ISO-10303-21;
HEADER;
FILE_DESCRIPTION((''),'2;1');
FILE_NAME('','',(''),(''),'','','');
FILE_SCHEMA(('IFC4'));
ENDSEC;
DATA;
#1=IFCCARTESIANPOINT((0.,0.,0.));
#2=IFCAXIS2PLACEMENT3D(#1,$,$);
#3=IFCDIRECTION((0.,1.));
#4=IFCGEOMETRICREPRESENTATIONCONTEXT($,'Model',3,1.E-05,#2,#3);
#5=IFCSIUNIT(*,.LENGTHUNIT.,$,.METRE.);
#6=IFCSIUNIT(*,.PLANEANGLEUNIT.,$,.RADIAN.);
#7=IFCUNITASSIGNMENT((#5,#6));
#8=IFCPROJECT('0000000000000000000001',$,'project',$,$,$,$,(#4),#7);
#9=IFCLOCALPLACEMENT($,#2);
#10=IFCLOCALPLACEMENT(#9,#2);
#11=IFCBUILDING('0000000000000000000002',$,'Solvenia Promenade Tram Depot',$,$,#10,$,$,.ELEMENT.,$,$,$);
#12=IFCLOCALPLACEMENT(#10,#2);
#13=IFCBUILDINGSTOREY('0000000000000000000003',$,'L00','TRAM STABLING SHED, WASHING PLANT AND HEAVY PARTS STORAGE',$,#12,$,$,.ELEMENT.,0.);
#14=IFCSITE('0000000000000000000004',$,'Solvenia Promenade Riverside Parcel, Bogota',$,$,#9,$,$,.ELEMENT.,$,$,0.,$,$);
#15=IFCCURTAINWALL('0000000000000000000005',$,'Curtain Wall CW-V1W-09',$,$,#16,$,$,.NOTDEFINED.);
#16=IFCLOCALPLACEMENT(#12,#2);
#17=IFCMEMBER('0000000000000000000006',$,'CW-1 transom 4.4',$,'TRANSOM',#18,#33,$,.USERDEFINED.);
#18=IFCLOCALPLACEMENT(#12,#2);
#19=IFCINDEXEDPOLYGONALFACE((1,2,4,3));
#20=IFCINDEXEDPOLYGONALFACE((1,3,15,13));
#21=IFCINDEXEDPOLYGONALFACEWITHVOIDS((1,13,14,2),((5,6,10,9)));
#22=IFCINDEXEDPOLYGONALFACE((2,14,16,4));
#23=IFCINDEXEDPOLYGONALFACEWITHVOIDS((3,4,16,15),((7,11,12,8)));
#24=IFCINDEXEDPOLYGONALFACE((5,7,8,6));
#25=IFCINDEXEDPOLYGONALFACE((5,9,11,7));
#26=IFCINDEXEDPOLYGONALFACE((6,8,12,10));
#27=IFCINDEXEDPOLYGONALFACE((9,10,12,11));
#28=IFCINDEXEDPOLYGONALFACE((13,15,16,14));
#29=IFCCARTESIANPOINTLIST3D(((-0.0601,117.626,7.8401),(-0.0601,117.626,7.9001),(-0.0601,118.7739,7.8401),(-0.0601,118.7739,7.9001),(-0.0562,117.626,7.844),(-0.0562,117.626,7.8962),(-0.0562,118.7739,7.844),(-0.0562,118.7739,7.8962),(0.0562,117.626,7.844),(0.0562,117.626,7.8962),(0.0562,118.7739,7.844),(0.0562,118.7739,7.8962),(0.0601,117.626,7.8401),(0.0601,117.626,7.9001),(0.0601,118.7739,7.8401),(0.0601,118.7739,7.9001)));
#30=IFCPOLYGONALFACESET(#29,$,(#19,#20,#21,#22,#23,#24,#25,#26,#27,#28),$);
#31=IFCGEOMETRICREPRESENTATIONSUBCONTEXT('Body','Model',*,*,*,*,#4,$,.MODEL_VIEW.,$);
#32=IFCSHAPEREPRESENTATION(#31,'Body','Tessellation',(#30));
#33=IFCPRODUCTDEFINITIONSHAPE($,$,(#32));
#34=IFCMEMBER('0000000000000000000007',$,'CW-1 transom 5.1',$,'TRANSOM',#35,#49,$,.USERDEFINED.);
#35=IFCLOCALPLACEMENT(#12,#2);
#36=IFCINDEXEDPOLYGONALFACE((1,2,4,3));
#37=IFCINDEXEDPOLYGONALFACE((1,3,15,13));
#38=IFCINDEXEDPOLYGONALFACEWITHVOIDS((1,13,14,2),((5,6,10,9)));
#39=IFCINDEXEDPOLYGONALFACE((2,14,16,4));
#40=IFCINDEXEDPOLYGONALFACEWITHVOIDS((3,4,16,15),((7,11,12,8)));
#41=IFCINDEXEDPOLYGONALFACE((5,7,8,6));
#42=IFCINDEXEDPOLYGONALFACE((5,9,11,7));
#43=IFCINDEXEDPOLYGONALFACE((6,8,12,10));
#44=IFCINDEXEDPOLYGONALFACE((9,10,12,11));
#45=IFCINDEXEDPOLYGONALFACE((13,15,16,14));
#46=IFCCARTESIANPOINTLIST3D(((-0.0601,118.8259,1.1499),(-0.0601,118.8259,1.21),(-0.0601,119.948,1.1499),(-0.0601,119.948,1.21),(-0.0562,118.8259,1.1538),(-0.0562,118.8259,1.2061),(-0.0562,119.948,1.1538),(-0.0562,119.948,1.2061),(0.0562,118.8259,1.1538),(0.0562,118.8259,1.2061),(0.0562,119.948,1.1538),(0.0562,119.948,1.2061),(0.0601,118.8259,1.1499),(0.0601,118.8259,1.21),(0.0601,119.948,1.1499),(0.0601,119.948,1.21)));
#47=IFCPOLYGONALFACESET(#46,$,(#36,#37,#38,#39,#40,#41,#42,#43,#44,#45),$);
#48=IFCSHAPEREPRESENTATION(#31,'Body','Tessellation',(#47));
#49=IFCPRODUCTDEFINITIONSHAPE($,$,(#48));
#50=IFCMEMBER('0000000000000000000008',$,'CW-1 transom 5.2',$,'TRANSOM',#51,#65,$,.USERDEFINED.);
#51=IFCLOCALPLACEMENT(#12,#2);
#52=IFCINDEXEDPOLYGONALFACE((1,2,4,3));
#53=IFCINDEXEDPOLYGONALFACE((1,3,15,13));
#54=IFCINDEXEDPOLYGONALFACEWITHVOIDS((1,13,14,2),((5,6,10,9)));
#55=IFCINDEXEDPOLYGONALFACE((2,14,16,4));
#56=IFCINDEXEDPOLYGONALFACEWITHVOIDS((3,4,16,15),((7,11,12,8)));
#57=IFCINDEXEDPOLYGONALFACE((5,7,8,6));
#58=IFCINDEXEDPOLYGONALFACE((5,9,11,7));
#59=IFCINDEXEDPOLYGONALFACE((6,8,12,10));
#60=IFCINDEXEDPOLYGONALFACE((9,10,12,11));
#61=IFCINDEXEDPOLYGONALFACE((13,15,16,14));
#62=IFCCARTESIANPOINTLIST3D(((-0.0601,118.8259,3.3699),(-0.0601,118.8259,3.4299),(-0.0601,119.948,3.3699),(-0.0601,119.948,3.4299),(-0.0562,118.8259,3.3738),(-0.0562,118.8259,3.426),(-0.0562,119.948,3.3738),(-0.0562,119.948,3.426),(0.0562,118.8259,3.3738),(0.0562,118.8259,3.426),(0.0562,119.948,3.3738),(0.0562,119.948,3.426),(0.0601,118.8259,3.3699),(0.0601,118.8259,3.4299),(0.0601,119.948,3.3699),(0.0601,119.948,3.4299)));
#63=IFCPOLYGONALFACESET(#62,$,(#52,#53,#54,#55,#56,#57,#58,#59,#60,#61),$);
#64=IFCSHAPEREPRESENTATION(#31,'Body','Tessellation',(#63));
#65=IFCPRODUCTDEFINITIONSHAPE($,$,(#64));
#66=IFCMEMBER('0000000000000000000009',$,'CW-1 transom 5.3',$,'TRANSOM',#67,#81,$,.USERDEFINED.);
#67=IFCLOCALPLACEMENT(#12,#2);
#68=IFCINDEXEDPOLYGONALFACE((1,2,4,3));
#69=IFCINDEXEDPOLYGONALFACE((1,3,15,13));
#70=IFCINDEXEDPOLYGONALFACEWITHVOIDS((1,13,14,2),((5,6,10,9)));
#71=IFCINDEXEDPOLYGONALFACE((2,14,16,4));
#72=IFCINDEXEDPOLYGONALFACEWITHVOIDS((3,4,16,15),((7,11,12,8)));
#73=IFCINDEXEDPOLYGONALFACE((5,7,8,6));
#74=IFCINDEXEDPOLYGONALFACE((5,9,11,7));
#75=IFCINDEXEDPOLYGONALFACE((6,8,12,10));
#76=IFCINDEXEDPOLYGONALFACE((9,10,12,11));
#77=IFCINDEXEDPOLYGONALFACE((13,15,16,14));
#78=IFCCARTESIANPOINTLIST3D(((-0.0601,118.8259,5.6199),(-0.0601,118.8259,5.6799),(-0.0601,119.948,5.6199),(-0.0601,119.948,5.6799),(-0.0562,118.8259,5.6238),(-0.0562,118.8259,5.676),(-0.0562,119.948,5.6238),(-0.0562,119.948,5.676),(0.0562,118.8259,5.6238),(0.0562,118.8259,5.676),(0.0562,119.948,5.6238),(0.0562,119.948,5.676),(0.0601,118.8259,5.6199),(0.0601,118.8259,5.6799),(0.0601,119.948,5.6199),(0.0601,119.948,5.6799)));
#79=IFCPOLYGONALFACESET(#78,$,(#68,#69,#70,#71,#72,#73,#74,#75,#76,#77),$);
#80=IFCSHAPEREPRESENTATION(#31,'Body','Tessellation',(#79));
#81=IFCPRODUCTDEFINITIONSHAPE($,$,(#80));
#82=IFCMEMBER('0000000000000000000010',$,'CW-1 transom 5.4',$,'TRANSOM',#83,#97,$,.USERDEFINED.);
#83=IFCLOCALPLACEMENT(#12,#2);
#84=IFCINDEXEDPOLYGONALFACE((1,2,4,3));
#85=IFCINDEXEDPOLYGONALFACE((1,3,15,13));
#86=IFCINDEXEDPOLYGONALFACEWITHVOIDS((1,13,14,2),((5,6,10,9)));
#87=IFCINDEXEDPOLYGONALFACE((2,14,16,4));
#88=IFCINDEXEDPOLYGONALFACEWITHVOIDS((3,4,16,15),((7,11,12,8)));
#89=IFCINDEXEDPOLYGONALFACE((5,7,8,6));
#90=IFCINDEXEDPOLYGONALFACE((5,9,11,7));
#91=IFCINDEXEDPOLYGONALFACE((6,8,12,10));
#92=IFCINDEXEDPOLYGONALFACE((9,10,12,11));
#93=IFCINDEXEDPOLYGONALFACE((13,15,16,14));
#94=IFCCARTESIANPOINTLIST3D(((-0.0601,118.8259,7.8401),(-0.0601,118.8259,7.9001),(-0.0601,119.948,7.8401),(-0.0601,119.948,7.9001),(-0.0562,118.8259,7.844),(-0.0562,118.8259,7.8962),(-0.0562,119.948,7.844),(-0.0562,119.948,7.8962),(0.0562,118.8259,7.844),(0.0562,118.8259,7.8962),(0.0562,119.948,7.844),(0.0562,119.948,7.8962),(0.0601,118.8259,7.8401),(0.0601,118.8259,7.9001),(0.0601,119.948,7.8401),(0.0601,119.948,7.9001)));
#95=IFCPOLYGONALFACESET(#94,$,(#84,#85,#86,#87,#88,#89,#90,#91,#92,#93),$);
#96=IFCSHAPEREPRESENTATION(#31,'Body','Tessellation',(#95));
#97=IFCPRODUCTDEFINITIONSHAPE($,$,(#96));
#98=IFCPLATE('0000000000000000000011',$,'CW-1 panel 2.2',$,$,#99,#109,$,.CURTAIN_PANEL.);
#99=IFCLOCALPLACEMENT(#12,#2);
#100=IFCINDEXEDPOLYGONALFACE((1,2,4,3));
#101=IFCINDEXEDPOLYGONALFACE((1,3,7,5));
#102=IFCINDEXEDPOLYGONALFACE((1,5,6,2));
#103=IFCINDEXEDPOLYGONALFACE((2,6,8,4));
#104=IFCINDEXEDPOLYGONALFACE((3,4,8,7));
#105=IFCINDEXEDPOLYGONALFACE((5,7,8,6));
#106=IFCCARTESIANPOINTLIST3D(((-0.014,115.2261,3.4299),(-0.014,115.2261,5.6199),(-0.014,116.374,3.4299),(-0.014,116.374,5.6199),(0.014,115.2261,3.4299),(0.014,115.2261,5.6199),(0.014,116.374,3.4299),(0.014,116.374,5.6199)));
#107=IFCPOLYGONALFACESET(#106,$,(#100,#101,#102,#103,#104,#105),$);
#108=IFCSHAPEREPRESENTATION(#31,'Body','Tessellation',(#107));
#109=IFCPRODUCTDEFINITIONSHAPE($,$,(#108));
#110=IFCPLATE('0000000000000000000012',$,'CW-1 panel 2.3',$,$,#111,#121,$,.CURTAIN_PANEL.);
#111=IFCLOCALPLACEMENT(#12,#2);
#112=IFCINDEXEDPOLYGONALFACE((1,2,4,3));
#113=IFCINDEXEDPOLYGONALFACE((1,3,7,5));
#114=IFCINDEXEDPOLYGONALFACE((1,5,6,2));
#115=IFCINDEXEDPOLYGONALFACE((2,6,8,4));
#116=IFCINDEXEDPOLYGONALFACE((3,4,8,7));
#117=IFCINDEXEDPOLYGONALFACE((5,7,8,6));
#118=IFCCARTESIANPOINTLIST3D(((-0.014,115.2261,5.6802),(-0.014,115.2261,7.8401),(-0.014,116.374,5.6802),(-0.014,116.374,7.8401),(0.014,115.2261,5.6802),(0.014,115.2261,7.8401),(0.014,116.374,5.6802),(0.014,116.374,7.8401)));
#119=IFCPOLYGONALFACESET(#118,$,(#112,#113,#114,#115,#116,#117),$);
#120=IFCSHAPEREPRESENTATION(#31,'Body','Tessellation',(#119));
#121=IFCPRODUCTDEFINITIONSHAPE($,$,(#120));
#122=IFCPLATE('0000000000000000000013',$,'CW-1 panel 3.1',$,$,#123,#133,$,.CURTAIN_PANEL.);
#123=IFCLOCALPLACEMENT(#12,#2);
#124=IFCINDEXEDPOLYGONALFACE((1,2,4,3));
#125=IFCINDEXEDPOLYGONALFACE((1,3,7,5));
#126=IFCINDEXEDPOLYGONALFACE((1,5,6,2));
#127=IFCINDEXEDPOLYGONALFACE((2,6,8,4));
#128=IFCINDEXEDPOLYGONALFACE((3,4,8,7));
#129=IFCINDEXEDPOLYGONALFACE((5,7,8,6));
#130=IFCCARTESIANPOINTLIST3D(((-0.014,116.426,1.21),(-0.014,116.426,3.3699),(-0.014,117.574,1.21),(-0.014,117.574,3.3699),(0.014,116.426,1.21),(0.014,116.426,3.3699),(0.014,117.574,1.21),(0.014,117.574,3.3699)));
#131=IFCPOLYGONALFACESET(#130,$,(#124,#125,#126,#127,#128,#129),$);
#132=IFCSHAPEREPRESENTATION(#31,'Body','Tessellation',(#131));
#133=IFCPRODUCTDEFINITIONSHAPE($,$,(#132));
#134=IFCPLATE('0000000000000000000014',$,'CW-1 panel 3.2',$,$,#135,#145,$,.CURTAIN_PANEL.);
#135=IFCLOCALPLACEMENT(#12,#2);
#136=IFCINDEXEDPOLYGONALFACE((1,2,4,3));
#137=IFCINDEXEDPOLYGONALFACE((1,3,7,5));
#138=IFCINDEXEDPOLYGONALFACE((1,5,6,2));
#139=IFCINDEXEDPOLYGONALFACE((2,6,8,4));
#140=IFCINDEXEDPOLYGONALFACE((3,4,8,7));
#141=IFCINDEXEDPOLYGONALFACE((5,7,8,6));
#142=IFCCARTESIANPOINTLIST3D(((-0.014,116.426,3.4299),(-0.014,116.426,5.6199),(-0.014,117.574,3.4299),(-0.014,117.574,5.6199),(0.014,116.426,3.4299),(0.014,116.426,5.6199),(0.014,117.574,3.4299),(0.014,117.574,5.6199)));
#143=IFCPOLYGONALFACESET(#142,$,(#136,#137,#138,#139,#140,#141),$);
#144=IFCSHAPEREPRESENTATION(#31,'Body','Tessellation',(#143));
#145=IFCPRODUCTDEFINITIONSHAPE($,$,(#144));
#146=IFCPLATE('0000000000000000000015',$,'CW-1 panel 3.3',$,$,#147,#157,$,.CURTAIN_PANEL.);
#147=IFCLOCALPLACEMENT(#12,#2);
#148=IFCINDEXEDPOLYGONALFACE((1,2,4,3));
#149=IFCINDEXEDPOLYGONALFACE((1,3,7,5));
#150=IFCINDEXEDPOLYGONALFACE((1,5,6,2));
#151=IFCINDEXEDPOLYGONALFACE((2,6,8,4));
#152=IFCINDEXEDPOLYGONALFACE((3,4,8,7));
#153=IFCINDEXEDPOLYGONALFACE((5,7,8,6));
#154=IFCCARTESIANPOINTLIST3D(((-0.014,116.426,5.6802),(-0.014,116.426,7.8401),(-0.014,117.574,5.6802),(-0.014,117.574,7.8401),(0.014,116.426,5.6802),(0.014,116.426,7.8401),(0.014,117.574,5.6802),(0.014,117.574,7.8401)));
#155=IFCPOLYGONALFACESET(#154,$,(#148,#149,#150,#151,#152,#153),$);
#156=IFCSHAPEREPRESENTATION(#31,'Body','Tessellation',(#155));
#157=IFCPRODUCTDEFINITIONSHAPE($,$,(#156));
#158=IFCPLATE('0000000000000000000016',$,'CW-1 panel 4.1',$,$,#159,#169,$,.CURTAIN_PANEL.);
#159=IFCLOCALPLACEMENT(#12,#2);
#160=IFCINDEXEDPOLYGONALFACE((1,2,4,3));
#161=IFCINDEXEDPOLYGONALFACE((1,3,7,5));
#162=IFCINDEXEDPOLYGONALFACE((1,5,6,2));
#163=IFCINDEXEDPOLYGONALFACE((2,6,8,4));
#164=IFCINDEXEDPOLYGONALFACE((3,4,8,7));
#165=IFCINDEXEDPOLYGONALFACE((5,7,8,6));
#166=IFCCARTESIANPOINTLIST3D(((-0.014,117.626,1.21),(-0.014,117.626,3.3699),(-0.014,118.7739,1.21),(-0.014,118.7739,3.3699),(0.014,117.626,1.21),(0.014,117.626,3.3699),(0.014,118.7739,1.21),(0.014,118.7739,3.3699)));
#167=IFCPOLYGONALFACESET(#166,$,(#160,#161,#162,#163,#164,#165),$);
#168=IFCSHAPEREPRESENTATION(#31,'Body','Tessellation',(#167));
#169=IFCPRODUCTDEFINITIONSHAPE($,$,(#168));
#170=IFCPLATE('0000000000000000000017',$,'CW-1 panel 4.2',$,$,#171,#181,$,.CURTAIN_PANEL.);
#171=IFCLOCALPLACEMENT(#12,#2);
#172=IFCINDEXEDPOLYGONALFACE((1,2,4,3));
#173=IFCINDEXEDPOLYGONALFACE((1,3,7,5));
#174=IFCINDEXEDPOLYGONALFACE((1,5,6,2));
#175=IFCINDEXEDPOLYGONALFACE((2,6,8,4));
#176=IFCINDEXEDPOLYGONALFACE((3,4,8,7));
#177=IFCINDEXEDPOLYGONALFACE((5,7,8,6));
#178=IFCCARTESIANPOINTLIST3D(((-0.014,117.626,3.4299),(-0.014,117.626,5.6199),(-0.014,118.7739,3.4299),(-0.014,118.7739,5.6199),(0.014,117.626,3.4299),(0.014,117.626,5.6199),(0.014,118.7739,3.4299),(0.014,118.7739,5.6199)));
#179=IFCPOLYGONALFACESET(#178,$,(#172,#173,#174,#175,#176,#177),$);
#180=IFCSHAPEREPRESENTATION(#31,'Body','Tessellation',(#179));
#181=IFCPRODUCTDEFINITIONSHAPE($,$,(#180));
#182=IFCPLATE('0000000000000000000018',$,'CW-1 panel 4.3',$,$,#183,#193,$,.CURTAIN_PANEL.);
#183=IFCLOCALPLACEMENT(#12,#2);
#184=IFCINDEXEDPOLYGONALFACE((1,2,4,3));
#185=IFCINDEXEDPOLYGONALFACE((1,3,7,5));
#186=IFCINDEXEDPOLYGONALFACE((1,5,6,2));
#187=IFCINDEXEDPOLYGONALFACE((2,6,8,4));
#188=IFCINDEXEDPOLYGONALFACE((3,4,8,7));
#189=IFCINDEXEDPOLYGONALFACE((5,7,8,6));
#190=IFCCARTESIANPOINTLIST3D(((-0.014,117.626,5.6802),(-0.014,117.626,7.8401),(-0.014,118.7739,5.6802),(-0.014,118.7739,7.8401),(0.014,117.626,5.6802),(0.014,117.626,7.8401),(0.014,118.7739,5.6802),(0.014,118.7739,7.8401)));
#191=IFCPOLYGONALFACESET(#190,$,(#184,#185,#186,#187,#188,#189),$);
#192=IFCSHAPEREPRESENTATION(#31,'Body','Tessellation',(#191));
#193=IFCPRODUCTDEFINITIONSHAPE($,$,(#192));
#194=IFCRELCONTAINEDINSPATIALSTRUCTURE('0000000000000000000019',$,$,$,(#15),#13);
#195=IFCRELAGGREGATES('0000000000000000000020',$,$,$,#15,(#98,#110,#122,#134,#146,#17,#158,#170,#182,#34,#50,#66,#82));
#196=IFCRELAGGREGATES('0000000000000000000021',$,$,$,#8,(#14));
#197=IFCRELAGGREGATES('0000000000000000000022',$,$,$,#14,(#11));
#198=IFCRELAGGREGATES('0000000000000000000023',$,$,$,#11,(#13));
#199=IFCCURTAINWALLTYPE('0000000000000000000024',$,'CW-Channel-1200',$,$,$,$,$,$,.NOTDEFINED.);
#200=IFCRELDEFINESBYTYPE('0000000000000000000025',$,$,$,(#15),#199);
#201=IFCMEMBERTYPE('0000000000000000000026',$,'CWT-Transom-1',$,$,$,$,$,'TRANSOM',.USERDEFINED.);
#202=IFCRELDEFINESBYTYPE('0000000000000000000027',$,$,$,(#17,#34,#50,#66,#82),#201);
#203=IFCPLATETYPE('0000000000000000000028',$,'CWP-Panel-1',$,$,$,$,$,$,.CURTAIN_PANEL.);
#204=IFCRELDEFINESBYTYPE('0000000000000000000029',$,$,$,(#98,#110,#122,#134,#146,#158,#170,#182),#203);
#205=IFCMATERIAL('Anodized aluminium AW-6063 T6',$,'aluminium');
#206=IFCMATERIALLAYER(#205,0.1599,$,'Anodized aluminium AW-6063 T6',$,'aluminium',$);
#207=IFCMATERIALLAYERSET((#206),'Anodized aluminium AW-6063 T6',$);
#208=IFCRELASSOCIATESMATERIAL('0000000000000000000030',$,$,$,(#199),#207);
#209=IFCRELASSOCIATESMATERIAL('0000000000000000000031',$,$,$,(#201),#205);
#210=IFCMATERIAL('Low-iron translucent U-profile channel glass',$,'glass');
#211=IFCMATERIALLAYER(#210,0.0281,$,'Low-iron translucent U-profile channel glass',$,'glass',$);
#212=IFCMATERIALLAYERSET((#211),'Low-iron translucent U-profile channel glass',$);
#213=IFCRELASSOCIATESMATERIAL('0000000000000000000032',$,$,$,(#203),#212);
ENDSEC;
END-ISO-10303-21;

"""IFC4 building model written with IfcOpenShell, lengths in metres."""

from ifc_helpers import new_model, si_unit, direction, frame, origin, origin_2d, place, context, subcontext, project, spatial, rectangle, hollow_rectangle, extrude, material, layer, layer_set, material_profile, profile_set, type_object, element, aggregate, save


model = new_model("IFC4")

# Units and contexts
model_context = context("Model", 3, precision=1e-05, world=origin(), true_north=direction((0.0, 1.0)))
body_context = subcontext(model_context, "Body", "Model", "MODEL_VIEW")
ifc_project = project(units=[si_unit("LENGTHUNIT", "METRE"), si_unit("PLANEANGLEUNIT", "RADIAN")], contexts=[model_context])

# Site, building, storey
site_placement = place(None, origin())
site = spatial("IfcSite", under=ifc_project, at=site_placement, Name="Solvenia Promenade Riverside Parcel, Bogota", CompositionType="ELEMENT", RefElevation=0.0)
building_placement = place(site_placement, origin())
building = spatial("IfcBuilding", under=site, at=building_placement, Name="Solvenia Promenade Tram Depot", CompositionType="ELEMENT")
storey_placement = place(building_placement, origin())
storey = spatial("IfcBuildingStorey", under=building, at=storey_placement, Name="L00", Description="TRAM STABLING SHED, WASHING PLANT AND HEAVY PARTS STORAGE", CompositionType="ELEMENT", Elevation=0.0)

# Curtain wall, members, plates
ifc_material_1 = material(Name="Anodized aluminium AW-6063 T6", Category="aluminium")
ifc_layer_1 = layer(ifc_material_1, 0.1599, Name="Anodized aluminium AW-6063 T6", Category="aluminium")
ifc_layer_set_1 = layer_set([ifc_layer_1], Name="Anodized aluminium AW-6063 T6")
curtain_wall_type = type_object("IfcCurtainWallType", Name="CW-Channel-1200", PredefinedType="NOTDEFINED", material=ifc_layer_set_1)
curtain_wall_placement = place(storey_placement, origin())
curtain_wall = element("IfcCurtainWall", 1, at=curtain_wall_placement, inside=storey, type_object=curtain_wall_type, Name="Curtain Wall CW-V1W-09", PredefinedType="NOTDEFINED")
ifc_material_profile_1 = material_profile(ifc_material_1, hollow_rectangle(XDim=0.1201, YDim=0.0601, WallThickness=0.0039, at=origin_2d()), Name="ALU-T1", Category="aluminium")
ifc_profile_set_1 = profile_set([ifc_material_profile_1], Name="Anodized aluminium AW-6063 T6")
member_type_1 = type_object("IfcMemberType", Name="CWT-Transom-1", ElementType="TRANSOM", PredefinedType="USERDEFINED", material=ifc_profile_set_1)
member_1_placement = place(storey_placement, frame((0.0, 117.626, 7.8701), z_axis=(0.0, 1.0, 0.0), x_axis=(-1.0, 0.0, 0.0)))
member_1 = element("IfcMember", 2, at=member_1_placement, type_object=member_type_1, Name="CW-1 transom 4.4", ObjectType="TRANSOM", PredefinedType="USERDEFINED", context=body_context, shape_type="SweptSolid", body=[
    extrude(hollow_rectangle(XDim=0.1201, YDim=0.0601, WallThickness=0.0039, at=origin_2d()), origin(), (0.0, 0.0, 1.0), 1.1479),
])
member_2_placement = place(storey_placement, frame((0.0, 118.8259, 1.1799), z_axis=(0.0, 1.0, 0.0), x_axis=(-1.0, 0.0, 0.0)))
member_2 = element("IfcMember", 3, at=member_2_placement, type_object=member_type_1, Name="CW-1 transom 5.1", ObjectType="TRANSOM", PredefinedType="USERDEFINED", context=body_context, shape_type="SweptSolid", body=[
    extrude(hollow_rectangle(XDim=0.1201, YDim=0.0601, WallThickness=0.0039, at=origin_2d()), origin(), (0.0, 0.0, 1.0), 1.1221),
])
member_3_placement = place(storey_placement, frame((0.0, 118.8259, 3.3999), z_axis=(0.0, 1.0, 0.0), x_axis=(-1.0, 0.0, 0.0)))
member_3 = element("IfcMember", 4, at=member_3_placement, type_object=member_type_1, Name="CW-1 transom 5.2", ObjectType="TRANSOM", PredefinedType="USERDEFINED", context=body_context, shape_type="SweptSolid", body=[
    extrude(hollow_rectangle(XDim=0.1201, YDim=0.0601, WallThickness=0.0039, at=origin_2d()), origin(), (0.0, 0.0, 1.0), 1.1221),
])
member_4_placement = place(storey_placement, frame((0.0, 118.8259, 5.6499), z_axis=(0.0, 1.0, 0.0), x_axis=(-1.0, 0.0, 0.0)))
member_4 = element("IfcMember", 5, at=member_4_placement, type_object=member_type_1, Name="CW-1 transom 5.3", ObjectType="TRANSOM", PredefinedType="USERDEFINED", context=body_context, shape_type="SweptSolid", body=[
    extrude(hollow_rectangle(XDim=0.1201, YDim=0.0601, WallThickness=0.0039, at=origin_2d()), origin(), (0.0, 0.0, 1.0), 1.1221),
])
member_5_placement = place(storey_placement, frame((0.0, 118.8259, 7.8701), z_axis=(0.0, 1.0, 0.0), x_axis=(-1.0, 0.0, 0.0)))
member_5 = element("IfcMember", 6, at=member_5_placement, type_object=member_type_1, Name="CW-1 transom 5.4", ObjectType="TRANSOM", PredefinedType="USERDEFINED", context=body_context, shape_type="SweptSolid", body=[
    extrude(hollow_rectangle(XDim=0.1201, YDim=0.0601, WallThickness=0.0039, at=origin_2d()), origin(), (0.0, 0.0, 1.0), 1.1221),
])
ifc_material_2 = material(Name="Low-iron translucent U-profile channel glass", Category="glass")
ifc_layer_2 = layer(ifc_material_2, 0.0281, Name="Low-iron translucent U-profile channel glass", Category="glass")
ifc_layer_set_2 = layer_set([ifc_layer_2], Name="Low-iron translucent U-profile channel glass")
plate_type = type_object("IfcPlateType", Name="CWP-Panel-1", PredefinedType="CURTAIN_PANEL", material=ifc_layer_set_2)
plate_1_placement = place(storey_placement, frame((0.0, 115.8, 3.4299), z_axis=(0.0, 0.0, 1.0), x_axis=(0.0, 1.0, 0.0)))
plate_1 = element("IfcPlate", 7, at=plate_1_placement, type_object=plate_type, Name="CW-1 panel 2.2", PredefinedType="CURTAIN_PANEL", context=body_context, shape_type="SweptSolid", body=[
    extrude(rectangle(XDim=1.1479, YDim=0.0281, at=origin_2d()), origin(), (0.0, 0.0, 1.0), 2.1899),
])
plate_2_placement = place(storey_placement, frame((0.0, 115.8, 5.6802), z_axis=(0.0, 0.0, 1.0), x_axis=(0.0, 1.0, 0.0)))
plate_2 = element("IfcPlate", 8, at=plate_2_placement, type_object=plate_type, Name="CW-1 panel 2.3", PredefinedType="CURTAIN_PANEL", context=body_context, shape_type="SweptSolid", body=[
    extrude(rectangle(XDim=1.1479, YDim=0.0281, at=origin_2d()), origin(), (0.0, 0.0, 1.0), 2.1599),
])
plate_3_placement = place(storey_placement, frame((0.0, 117.0, 1.21), z_axis=(0.0, 0.0, 1.0), x_axis=(0.0, 1.0, 0.0)))
plate_3 = element("IfcPlate", 9, at=plate_3_placement, type_object=plate_type, Name="CW-1 panel 3.1", PredefinedType="CURTAIN_PANEL", context=body_context, shape_type="SweptSolid", body=[
    extrude(rectangle(XDim=1.1479, YDim=0.0281, at=origin_2d()), origin(), (0.0, 0.0, 1.0), 2.1599),
])
plate_4_placement = place(storey_placement, frame((0.0, 117.0, 3.4299), z_axis=(0.0, 0.0, 1.0), x_axis=(0.0, 1.0, 0.0)))
plate_4 = element("IfcPlate", 10, at=plate_4_placement, type_object=plate_type, Name="CW-1 panel 3.2", PredefinedType="CURTAIN_PANEL", context=body_context, shape_type="SweptSolid", body=[
    extrude(rectangle(XDim=1.1479, YDim=0.0281, at=origin_2d()), origin(), (0.0, 0.0, 1.0), 2.1899),
])
plate_5_placement = place(storey_placement, frame((0.0, 117.0, 5.6802), z_axis=(0.0, 0.0, 1.0), x_axis=(0.0, 1.0, 0.0)))
plate_5 = element("IfcPlate", 11, at=plate_5_placement, type_object=plate_type, Name="CW-1 panel 3.3", PredefinedType="CURTAIN_PANEL", context=body_context, shape_type="SweptSolid", body=[
    extrude(rectangle(XDim=1.1479, YDim=0.0281, at=origin_2d()), origin(), (0.0, 0.0, 1.0), 2.1599),
])
plate_6_placement = place(storey_placement, frame((0.0, 118.2, 1.21), z_axis=(0.0, 0.0, 1.0), x_axis=(0.0, 1.0, 0.0)))
plate_6 = element("IfcPlate", 12, at=plate_6_placement, type_object=plate_type, Name="CW-1 panel 4.1", PredefinedType="CURTAIN_PANEL", context=body_context, shape_type="SweptSolid", body=[
    extrude(rectangle(XDim=1.1479, YDim=0.0281, at=origin_2d()), origin(), (0.0, 0.0, 1.0), 2.1599),
])
plate_7_placement = place(storey_placement, frame((0.0, 118.2, 3.4299), z_axis=(0.0, 0.0, 1.0), x_axis=(0.0, 1.0, 0.0)))
plate_7 = element("IfcPlate", 13, at=plate_7_placement, type_object=plate_type, Name="CW-1 panel 4.2", PredefinedType="CURTAIN_PANEL", context=body_context, shape_type="SweptSolid", body=[
    extrude(rectangle(XDim=1.1479, YDim=0.0281, at=origin_2d()), origin(), (0.0, 0.0, 1.0), 2.1899),
])
plate_8_placement = place(storey_placement, frame((0.0, 118.2, 5.6802), z_axis=(0.0, 0.0, 1.0), x_axis=(0.0, 1.0, 0.0)))
plate_8 = element("IfcPlate", 14, at=plate_8_placement, type_object=plate_type, Name="CW-1 panel 4.3", PredefinedType="CURTAIN_PANEL", context=body_context, shape_type="SweptSolid", body=[
    extrude(rectangle(XDim=1.1479, YDim=0.0281, at=origin_2d()), origin(), (0.0, 0.0, 1.0), 2.1599),
])
aggregate(curtain_wall, [plate_1, plate_2, plate_3, plate_4, plate_5, member_1, plate_6, plate_7, plate_8, member_2, member_3, member_4, member_5])

save(model, "model.ifc")
